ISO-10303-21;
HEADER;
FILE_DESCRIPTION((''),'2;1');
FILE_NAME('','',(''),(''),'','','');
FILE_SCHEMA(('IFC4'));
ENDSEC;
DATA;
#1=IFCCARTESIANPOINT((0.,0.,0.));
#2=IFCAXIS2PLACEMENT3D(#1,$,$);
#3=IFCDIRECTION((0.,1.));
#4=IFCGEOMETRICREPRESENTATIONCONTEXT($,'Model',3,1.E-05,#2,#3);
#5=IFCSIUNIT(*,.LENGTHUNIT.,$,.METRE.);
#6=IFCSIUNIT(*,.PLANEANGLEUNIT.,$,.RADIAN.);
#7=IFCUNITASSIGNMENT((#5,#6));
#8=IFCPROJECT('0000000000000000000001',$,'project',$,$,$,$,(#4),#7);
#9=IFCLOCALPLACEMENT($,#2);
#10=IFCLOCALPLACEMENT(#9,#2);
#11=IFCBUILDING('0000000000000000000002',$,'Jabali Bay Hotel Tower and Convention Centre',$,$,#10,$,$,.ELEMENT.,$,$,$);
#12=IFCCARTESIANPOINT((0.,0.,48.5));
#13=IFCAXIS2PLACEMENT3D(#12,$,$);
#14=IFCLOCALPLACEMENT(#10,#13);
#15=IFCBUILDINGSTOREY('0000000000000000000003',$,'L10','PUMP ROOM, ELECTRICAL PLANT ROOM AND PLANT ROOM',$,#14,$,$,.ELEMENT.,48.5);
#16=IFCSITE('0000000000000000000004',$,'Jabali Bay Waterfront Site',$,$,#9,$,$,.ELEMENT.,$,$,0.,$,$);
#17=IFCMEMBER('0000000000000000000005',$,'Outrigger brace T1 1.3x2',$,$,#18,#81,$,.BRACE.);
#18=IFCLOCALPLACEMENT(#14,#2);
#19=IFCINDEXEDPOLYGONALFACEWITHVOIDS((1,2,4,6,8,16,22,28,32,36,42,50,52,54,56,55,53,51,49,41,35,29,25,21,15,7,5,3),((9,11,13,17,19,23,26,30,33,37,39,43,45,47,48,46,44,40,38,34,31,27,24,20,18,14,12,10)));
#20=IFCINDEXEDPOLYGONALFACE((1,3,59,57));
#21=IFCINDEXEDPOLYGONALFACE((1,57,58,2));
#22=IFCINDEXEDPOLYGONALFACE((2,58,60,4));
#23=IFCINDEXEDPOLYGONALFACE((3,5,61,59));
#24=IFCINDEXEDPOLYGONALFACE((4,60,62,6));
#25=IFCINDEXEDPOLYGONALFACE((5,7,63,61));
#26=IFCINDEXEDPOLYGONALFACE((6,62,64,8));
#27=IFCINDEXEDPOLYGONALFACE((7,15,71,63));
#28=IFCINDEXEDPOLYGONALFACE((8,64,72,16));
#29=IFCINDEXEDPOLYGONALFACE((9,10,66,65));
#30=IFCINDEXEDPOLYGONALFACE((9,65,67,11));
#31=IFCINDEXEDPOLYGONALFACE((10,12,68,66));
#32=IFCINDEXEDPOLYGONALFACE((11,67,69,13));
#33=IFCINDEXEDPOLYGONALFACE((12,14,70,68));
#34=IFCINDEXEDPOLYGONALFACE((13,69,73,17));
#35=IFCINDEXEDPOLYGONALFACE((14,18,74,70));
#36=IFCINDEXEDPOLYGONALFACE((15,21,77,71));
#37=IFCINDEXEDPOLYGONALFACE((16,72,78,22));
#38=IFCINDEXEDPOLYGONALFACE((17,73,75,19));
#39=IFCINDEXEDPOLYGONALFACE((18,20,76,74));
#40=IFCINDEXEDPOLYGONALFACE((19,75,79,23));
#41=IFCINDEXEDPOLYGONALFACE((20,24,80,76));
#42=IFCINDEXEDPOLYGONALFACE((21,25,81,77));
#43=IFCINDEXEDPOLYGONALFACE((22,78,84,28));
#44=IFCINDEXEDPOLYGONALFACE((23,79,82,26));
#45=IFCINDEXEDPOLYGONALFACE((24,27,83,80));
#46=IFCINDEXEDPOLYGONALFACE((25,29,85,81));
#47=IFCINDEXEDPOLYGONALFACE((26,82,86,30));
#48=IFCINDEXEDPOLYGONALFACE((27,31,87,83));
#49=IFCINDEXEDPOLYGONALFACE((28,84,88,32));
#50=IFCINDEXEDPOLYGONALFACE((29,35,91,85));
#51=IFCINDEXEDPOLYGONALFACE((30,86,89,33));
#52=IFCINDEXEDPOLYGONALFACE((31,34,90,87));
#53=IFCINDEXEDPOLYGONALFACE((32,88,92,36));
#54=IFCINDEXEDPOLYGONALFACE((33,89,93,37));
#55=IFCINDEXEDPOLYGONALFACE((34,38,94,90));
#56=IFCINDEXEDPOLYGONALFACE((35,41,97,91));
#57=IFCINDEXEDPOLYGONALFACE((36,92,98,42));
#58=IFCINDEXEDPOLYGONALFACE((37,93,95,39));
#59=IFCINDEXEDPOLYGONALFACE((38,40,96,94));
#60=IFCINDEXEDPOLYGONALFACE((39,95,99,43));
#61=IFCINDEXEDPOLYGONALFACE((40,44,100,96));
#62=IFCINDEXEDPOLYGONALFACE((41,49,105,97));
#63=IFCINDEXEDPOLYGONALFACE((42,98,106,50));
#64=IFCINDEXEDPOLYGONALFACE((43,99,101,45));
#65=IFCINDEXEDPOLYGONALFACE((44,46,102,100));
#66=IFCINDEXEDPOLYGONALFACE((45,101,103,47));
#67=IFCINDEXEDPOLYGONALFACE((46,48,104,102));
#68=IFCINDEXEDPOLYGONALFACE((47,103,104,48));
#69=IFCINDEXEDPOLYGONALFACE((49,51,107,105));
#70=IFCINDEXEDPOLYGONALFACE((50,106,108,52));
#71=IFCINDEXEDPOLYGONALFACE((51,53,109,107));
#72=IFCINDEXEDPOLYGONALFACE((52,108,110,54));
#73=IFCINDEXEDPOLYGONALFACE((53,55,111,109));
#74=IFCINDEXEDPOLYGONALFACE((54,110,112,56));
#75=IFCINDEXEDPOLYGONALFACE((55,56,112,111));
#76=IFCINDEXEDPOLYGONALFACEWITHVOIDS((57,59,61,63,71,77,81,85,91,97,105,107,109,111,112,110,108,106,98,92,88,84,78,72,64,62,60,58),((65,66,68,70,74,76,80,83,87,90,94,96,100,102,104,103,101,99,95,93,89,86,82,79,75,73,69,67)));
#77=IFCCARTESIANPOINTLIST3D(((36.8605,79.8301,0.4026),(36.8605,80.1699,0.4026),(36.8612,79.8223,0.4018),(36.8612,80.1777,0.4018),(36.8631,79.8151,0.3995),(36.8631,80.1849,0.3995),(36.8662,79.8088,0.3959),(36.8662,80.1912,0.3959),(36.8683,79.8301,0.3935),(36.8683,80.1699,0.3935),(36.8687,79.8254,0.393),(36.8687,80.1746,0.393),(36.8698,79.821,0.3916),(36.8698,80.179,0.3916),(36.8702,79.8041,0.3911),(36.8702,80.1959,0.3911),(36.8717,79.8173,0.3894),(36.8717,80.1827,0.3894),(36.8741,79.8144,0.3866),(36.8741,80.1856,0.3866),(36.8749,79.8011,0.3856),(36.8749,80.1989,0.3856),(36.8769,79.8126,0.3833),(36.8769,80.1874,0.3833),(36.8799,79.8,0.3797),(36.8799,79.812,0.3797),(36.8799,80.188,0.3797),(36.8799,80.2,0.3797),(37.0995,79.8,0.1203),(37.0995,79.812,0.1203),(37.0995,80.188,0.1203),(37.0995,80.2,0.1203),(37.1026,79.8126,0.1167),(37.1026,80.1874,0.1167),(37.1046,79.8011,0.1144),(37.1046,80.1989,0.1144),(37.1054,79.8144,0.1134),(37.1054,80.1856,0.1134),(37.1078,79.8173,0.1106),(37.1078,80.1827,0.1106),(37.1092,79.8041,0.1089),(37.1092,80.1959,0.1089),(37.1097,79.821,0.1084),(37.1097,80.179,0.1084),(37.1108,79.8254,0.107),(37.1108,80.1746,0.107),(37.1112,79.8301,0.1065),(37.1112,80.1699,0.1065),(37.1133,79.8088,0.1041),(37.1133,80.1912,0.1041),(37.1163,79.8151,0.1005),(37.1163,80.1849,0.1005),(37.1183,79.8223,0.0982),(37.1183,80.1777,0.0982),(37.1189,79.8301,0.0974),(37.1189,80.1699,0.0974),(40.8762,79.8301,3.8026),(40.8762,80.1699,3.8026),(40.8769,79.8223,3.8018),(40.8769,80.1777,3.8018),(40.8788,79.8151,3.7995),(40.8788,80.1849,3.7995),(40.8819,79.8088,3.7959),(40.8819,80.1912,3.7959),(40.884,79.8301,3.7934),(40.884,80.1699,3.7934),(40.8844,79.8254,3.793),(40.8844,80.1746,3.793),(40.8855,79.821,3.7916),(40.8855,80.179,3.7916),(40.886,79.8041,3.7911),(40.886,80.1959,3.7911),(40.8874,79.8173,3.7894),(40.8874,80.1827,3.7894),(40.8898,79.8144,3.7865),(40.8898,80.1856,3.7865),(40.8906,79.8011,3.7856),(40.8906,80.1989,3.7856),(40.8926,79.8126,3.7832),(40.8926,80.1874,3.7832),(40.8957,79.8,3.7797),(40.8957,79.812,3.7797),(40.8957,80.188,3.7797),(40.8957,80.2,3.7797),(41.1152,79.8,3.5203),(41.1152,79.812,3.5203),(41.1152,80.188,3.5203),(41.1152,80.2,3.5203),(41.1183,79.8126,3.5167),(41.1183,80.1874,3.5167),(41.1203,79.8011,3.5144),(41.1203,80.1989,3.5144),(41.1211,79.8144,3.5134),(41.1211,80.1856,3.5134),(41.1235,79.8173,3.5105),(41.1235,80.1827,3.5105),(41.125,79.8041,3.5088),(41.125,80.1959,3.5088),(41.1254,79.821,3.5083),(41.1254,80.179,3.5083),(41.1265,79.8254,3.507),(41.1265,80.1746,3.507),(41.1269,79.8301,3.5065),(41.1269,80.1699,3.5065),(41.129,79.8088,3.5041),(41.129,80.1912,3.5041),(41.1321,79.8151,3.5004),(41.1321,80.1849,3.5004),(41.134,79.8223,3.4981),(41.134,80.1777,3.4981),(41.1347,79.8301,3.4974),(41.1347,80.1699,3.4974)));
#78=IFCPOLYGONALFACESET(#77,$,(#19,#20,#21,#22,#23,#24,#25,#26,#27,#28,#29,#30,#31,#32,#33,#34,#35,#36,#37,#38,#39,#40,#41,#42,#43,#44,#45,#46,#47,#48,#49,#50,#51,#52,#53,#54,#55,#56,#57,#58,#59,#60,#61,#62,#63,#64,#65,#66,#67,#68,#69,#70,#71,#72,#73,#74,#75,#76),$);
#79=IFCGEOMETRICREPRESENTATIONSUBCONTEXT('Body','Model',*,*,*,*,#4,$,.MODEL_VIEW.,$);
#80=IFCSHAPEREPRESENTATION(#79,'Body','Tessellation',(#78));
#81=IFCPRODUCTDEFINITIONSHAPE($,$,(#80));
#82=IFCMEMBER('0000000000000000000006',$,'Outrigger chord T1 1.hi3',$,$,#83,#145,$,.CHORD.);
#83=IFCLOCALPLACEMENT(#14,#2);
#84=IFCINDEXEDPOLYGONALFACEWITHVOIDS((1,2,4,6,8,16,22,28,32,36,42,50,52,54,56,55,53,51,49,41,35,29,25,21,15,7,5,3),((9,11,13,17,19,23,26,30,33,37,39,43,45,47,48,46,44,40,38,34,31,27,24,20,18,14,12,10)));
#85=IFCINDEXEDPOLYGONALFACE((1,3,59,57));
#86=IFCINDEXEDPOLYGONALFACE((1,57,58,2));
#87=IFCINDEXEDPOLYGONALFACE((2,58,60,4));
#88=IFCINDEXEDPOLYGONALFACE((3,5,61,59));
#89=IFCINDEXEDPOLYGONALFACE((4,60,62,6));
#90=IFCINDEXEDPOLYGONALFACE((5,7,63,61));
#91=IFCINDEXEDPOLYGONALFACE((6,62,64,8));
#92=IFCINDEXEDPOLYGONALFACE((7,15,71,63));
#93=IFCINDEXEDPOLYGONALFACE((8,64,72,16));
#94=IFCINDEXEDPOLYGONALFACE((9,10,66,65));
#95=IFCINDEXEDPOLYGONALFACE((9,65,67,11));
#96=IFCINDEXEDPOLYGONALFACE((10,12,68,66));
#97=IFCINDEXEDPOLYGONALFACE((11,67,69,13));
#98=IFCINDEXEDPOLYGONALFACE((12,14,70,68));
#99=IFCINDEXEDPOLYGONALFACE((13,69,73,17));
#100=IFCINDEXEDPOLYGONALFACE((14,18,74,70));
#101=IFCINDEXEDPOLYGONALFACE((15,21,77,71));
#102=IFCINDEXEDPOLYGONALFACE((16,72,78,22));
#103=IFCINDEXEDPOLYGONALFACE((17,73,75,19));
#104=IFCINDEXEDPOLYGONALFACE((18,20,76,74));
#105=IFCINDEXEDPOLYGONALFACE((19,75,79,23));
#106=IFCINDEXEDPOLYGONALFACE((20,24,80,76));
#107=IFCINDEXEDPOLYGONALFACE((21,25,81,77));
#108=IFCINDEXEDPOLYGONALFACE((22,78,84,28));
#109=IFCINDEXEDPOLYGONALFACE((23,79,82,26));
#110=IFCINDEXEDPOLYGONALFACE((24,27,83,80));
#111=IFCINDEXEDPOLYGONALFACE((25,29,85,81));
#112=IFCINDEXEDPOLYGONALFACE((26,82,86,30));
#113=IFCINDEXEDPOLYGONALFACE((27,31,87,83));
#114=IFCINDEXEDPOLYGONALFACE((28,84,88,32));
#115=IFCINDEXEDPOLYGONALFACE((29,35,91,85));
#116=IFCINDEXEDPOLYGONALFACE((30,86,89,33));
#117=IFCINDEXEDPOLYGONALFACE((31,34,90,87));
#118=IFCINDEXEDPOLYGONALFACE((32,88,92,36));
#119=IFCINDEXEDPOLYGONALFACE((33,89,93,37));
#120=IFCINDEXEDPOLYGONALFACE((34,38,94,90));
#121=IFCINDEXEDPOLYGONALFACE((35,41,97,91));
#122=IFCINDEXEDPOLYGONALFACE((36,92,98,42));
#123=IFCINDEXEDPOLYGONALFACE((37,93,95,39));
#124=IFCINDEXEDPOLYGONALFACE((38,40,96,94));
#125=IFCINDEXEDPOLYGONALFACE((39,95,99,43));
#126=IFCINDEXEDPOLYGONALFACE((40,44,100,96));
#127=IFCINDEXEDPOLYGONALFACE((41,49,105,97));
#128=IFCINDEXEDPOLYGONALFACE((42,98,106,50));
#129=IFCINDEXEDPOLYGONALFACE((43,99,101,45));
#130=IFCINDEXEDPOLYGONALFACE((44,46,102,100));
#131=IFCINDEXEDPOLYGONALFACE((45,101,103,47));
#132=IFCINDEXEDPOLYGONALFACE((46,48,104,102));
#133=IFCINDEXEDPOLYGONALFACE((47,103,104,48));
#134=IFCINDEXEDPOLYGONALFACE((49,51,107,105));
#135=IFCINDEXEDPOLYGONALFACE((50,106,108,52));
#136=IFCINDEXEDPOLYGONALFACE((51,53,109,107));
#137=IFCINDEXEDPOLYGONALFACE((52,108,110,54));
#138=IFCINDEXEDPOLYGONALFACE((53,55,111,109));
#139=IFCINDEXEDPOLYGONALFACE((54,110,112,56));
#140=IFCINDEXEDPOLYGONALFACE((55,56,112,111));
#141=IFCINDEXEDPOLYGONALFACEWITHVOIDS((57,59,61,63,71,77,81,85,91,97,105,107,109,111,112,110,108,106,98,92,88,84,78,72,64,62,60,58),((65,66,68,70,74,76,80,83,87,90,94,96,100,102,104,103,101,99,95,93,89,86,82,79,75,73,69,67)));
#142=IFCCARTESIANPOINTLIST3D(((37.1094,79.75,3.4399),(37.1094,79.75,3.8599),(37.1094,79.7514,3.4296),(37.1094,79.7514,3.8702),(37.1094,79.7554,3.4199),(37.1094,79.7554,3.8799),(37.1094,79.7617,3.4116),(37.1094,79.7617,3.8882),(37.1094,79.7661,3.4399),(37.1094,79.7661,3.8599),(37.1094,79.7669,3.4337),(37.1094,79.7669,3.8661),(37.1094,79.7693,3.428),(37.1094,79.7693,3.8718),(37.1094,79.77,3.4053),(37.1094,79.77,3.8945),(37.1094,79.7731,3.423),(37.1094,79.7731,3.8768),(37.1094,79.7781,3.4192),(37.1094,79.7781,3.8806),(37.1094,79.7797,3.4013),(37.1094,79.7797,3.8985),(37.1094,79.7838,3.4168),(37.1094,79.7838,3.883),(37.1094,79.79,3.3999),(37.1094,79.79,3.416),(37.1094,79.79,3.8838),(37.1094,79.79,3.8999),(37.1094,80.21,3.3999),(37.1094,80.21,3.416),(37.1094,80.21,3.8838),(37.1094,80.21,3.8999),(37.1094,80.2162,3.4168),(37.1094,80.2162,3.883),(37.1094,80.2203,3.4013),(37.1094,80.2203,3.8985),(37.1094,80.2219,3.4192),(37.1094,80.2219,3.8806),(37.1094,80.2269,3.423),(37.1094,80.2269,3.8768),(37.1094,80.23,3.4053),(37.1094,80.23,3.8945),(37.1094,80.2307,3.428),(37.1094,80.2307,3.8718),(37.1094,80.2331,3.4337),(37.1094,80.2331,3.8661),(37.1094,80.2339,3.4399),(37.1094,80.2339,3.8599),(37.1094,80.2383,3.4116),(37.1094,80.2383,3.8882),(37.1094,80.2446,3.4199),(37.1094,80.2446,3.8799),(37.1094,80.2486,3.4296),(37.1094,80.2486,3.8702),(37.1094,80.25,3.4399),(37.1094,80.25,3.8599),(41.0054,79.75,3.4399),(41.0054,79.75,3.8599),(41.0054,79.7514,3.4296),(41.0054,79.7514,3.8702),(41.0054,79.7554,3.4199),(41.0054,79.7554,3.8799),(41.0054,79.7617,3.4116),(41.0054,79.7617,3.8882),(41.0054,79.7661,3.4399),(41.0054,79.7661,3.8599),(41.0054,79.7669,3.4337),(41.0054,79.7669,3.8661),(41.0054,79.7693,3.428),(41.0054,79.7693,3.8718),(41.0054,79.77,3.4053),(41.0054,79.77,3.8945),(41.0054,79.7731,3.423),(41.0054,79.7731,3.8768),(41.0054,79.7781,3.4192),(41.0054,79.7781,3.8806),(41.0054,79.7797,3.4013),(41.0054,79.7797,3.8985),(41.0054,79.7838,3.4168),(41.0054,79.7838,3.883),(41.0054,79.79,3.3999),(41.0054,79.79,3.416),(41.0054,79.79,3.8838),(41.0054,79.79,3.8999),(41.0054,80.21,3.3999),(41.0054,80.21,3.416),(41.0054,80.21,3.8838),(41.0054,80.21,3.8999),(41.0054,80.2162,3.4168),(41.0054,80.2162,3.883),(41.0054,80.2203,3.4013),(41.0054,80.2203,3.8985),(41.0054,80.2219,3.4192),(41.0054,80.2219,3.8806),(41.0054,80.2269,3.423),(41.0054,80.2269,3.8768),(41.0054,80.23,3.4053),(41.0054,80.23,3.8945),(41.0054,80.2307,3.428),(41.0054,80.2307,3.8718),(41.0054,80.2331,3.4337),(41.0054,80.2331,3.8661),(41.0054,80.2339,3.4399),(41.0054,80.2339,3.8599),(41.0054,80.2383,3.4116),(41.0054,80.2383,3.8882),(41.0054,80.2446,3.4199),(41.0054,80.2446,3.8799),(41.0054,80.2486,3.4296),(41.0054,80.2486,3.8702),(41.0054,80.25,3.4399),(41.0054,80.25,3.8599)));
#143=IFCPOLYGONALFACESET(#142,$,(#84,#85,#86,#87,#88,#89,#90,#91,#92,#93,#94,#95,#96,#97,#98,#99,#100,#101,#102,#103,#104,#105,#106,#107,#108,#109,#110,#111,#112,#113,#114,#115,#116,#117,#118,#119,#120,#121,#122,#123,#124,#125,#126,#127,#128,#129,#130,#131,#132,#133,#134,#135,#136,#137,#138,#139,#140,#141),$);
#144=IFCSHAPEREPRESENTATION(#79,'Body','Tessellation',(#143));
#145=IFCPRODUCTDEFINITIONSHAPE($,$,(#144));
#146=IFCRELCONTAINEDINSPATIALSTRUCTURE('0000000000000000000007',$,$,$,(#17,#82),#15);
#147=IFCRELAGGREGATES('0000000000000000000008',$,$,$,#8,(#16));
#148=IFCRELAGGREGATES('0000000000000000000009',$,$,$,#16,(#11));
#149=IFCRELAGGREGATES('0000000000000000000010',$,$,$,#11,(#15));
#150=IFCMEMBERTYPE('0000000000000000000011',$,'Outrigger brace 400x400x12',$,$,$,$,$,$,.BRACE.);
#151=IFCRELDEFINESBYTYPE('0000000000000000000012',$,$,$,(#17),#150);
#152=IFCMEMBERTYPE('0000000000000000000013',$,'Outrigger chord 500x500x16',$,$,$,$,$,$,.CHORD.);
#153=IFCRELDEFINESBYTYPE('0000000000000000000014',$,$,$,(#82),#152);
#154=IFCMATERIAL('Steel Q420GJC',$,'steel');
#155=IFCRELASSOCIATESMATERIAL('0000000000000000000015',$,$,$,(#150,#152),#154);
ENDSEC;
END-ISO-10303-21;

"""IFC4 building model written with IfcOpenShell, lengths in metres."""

from ifc_helpers import new_model, si_unit, direction, frame, origin, origin_2d, place, context, subcontext, project, spatial, hollow_rectangle, extrude, material, material_profile, profile_set, type_object, element, save


model = new_model("IFC4")

# Units and contexts
model_context = context("Model", 3, precision=1e-05, world=origin(), true_north=direction((0.0, 1.0)))
body_context = subcontext(model_context, "Body", "Model", "MODEL_VIEW")
ifc_project = project(units=[si_unit("LENGTHUNIT", "METRE"), si_unit("PLANEANGLEUNIT", "RADIAN")], contexts=[model_context])

# Site, building, storey
site_placement = place(None, origin())
site = spatial("IfcSite", under=ifc_project, at=site_placement, Name="Jabali Bay Waterfront Site", CompositionType="ELEMENT", RefElevation=0.0)
building_placement = place(site_placement, origin())
building = spatial("IfcBuilding", under=site, at=building_placement, Name="Jabali Bay Hotel Tower and Convention Centre", CompositionType="ELEMENT")
storey_placement = place(building_placement, frame((0.0, 0.0, 48.5)))
storey = spatial("IfcBuildingStorey", under=building, at=storey_placement, Name="L10", Description="PUMP ROOM, ELECTRICAL PLANT ROOM AND PLANT ROOM", CompositionType="ELEMENT", Elevation=48.5)

# Members
ifc_material_1 = material(Name="Steel Q420GJC", Category="steel")
ifc_material_profile_1 = material_profile(ifc_material_1, hollow_rectangle(XDim=0.3999, YDim=0.3999, WallThickness=0.012, InnerFilletRadius=0.0181, OuterFilletRadius=0.03, at=origin_2d()), Name="Outrigger brace 400x400x12")
ifc_profile_set_1 = profile_set([ifc_material_profile_1], Name="Steel Q420GJC")
member_type_1 = type_object("IfcMemberType", Name="Outrigger brace 400x400x12", PredefinedType="BRACE", material=ifc_profile_set_1)
member_1_placement = place(storey_placement, frame((36.9897, 80.0, 0.25), z_axis=(0.763193, 0.0, 0.646171), x_axis=(0.0, 1.0, 0.0)))
element("IfcMember", 1, at=member_1_placement, inside=storey, type_object=member_type_1, Name="Outrigger brace T1 1.3x2", PredefinedType="BRACE", context=body_context, shape_type="SweptSolid", body=[
    extrude(hollow_rectangle(XDim=0.3999, YDim=0.3999, WallThickness=0.012, InnerFilletRadius=0.0181, OuterFilletRadius=0.03, at=origin_2d()), origin(), (0.0, 0.0, 1.0), 5.2617),
])
ifc_material_profile_2 = material_profile(ifc_material_1, hollow_rectangle(XDim=0.5, YDim=0.5, WallThickness=0.0161, InnerFilletRadius=0.0239, OuterFilletRadius=0.04, at=origin_2d()), Name="Outrigger chord 500x500x16")
ifc_profile_set_2 = profile_set([ifc_material_profile_2], Name="Steel Q420GJC")
member_type_2 = type_object("IfcMemberType", Name="Outrigger chord 500x500x16", PredefinedType="CHORD", material=ifc_profile_set_2)
member_2_placement = place(storey_placement, frame((41.0054, 80.0, 3.6499), z_axis=(-1.0, 0.0, 0.0), x_axis=(0.0, -1.0, 0.0)))
element("IfcMember", 2, at=member_2_placement, inside=storey, type_object=member_type_2, Name="Outrigger chord T1 1.hi3", PredefinedType="CHORD", context=body_context, shape_type="SweptSolid", body=[
    extrude(hollow_rectangle(XDim=0.5, YDim=0.5, WallThickness=0.0161, InnerFilletRadius=0.0239, OuterFilletRadius=0.04, at=origin_2d()), origin(), (0.0, 0.0, 1.0), 3.896),
])

save(model, "model.ifc")
